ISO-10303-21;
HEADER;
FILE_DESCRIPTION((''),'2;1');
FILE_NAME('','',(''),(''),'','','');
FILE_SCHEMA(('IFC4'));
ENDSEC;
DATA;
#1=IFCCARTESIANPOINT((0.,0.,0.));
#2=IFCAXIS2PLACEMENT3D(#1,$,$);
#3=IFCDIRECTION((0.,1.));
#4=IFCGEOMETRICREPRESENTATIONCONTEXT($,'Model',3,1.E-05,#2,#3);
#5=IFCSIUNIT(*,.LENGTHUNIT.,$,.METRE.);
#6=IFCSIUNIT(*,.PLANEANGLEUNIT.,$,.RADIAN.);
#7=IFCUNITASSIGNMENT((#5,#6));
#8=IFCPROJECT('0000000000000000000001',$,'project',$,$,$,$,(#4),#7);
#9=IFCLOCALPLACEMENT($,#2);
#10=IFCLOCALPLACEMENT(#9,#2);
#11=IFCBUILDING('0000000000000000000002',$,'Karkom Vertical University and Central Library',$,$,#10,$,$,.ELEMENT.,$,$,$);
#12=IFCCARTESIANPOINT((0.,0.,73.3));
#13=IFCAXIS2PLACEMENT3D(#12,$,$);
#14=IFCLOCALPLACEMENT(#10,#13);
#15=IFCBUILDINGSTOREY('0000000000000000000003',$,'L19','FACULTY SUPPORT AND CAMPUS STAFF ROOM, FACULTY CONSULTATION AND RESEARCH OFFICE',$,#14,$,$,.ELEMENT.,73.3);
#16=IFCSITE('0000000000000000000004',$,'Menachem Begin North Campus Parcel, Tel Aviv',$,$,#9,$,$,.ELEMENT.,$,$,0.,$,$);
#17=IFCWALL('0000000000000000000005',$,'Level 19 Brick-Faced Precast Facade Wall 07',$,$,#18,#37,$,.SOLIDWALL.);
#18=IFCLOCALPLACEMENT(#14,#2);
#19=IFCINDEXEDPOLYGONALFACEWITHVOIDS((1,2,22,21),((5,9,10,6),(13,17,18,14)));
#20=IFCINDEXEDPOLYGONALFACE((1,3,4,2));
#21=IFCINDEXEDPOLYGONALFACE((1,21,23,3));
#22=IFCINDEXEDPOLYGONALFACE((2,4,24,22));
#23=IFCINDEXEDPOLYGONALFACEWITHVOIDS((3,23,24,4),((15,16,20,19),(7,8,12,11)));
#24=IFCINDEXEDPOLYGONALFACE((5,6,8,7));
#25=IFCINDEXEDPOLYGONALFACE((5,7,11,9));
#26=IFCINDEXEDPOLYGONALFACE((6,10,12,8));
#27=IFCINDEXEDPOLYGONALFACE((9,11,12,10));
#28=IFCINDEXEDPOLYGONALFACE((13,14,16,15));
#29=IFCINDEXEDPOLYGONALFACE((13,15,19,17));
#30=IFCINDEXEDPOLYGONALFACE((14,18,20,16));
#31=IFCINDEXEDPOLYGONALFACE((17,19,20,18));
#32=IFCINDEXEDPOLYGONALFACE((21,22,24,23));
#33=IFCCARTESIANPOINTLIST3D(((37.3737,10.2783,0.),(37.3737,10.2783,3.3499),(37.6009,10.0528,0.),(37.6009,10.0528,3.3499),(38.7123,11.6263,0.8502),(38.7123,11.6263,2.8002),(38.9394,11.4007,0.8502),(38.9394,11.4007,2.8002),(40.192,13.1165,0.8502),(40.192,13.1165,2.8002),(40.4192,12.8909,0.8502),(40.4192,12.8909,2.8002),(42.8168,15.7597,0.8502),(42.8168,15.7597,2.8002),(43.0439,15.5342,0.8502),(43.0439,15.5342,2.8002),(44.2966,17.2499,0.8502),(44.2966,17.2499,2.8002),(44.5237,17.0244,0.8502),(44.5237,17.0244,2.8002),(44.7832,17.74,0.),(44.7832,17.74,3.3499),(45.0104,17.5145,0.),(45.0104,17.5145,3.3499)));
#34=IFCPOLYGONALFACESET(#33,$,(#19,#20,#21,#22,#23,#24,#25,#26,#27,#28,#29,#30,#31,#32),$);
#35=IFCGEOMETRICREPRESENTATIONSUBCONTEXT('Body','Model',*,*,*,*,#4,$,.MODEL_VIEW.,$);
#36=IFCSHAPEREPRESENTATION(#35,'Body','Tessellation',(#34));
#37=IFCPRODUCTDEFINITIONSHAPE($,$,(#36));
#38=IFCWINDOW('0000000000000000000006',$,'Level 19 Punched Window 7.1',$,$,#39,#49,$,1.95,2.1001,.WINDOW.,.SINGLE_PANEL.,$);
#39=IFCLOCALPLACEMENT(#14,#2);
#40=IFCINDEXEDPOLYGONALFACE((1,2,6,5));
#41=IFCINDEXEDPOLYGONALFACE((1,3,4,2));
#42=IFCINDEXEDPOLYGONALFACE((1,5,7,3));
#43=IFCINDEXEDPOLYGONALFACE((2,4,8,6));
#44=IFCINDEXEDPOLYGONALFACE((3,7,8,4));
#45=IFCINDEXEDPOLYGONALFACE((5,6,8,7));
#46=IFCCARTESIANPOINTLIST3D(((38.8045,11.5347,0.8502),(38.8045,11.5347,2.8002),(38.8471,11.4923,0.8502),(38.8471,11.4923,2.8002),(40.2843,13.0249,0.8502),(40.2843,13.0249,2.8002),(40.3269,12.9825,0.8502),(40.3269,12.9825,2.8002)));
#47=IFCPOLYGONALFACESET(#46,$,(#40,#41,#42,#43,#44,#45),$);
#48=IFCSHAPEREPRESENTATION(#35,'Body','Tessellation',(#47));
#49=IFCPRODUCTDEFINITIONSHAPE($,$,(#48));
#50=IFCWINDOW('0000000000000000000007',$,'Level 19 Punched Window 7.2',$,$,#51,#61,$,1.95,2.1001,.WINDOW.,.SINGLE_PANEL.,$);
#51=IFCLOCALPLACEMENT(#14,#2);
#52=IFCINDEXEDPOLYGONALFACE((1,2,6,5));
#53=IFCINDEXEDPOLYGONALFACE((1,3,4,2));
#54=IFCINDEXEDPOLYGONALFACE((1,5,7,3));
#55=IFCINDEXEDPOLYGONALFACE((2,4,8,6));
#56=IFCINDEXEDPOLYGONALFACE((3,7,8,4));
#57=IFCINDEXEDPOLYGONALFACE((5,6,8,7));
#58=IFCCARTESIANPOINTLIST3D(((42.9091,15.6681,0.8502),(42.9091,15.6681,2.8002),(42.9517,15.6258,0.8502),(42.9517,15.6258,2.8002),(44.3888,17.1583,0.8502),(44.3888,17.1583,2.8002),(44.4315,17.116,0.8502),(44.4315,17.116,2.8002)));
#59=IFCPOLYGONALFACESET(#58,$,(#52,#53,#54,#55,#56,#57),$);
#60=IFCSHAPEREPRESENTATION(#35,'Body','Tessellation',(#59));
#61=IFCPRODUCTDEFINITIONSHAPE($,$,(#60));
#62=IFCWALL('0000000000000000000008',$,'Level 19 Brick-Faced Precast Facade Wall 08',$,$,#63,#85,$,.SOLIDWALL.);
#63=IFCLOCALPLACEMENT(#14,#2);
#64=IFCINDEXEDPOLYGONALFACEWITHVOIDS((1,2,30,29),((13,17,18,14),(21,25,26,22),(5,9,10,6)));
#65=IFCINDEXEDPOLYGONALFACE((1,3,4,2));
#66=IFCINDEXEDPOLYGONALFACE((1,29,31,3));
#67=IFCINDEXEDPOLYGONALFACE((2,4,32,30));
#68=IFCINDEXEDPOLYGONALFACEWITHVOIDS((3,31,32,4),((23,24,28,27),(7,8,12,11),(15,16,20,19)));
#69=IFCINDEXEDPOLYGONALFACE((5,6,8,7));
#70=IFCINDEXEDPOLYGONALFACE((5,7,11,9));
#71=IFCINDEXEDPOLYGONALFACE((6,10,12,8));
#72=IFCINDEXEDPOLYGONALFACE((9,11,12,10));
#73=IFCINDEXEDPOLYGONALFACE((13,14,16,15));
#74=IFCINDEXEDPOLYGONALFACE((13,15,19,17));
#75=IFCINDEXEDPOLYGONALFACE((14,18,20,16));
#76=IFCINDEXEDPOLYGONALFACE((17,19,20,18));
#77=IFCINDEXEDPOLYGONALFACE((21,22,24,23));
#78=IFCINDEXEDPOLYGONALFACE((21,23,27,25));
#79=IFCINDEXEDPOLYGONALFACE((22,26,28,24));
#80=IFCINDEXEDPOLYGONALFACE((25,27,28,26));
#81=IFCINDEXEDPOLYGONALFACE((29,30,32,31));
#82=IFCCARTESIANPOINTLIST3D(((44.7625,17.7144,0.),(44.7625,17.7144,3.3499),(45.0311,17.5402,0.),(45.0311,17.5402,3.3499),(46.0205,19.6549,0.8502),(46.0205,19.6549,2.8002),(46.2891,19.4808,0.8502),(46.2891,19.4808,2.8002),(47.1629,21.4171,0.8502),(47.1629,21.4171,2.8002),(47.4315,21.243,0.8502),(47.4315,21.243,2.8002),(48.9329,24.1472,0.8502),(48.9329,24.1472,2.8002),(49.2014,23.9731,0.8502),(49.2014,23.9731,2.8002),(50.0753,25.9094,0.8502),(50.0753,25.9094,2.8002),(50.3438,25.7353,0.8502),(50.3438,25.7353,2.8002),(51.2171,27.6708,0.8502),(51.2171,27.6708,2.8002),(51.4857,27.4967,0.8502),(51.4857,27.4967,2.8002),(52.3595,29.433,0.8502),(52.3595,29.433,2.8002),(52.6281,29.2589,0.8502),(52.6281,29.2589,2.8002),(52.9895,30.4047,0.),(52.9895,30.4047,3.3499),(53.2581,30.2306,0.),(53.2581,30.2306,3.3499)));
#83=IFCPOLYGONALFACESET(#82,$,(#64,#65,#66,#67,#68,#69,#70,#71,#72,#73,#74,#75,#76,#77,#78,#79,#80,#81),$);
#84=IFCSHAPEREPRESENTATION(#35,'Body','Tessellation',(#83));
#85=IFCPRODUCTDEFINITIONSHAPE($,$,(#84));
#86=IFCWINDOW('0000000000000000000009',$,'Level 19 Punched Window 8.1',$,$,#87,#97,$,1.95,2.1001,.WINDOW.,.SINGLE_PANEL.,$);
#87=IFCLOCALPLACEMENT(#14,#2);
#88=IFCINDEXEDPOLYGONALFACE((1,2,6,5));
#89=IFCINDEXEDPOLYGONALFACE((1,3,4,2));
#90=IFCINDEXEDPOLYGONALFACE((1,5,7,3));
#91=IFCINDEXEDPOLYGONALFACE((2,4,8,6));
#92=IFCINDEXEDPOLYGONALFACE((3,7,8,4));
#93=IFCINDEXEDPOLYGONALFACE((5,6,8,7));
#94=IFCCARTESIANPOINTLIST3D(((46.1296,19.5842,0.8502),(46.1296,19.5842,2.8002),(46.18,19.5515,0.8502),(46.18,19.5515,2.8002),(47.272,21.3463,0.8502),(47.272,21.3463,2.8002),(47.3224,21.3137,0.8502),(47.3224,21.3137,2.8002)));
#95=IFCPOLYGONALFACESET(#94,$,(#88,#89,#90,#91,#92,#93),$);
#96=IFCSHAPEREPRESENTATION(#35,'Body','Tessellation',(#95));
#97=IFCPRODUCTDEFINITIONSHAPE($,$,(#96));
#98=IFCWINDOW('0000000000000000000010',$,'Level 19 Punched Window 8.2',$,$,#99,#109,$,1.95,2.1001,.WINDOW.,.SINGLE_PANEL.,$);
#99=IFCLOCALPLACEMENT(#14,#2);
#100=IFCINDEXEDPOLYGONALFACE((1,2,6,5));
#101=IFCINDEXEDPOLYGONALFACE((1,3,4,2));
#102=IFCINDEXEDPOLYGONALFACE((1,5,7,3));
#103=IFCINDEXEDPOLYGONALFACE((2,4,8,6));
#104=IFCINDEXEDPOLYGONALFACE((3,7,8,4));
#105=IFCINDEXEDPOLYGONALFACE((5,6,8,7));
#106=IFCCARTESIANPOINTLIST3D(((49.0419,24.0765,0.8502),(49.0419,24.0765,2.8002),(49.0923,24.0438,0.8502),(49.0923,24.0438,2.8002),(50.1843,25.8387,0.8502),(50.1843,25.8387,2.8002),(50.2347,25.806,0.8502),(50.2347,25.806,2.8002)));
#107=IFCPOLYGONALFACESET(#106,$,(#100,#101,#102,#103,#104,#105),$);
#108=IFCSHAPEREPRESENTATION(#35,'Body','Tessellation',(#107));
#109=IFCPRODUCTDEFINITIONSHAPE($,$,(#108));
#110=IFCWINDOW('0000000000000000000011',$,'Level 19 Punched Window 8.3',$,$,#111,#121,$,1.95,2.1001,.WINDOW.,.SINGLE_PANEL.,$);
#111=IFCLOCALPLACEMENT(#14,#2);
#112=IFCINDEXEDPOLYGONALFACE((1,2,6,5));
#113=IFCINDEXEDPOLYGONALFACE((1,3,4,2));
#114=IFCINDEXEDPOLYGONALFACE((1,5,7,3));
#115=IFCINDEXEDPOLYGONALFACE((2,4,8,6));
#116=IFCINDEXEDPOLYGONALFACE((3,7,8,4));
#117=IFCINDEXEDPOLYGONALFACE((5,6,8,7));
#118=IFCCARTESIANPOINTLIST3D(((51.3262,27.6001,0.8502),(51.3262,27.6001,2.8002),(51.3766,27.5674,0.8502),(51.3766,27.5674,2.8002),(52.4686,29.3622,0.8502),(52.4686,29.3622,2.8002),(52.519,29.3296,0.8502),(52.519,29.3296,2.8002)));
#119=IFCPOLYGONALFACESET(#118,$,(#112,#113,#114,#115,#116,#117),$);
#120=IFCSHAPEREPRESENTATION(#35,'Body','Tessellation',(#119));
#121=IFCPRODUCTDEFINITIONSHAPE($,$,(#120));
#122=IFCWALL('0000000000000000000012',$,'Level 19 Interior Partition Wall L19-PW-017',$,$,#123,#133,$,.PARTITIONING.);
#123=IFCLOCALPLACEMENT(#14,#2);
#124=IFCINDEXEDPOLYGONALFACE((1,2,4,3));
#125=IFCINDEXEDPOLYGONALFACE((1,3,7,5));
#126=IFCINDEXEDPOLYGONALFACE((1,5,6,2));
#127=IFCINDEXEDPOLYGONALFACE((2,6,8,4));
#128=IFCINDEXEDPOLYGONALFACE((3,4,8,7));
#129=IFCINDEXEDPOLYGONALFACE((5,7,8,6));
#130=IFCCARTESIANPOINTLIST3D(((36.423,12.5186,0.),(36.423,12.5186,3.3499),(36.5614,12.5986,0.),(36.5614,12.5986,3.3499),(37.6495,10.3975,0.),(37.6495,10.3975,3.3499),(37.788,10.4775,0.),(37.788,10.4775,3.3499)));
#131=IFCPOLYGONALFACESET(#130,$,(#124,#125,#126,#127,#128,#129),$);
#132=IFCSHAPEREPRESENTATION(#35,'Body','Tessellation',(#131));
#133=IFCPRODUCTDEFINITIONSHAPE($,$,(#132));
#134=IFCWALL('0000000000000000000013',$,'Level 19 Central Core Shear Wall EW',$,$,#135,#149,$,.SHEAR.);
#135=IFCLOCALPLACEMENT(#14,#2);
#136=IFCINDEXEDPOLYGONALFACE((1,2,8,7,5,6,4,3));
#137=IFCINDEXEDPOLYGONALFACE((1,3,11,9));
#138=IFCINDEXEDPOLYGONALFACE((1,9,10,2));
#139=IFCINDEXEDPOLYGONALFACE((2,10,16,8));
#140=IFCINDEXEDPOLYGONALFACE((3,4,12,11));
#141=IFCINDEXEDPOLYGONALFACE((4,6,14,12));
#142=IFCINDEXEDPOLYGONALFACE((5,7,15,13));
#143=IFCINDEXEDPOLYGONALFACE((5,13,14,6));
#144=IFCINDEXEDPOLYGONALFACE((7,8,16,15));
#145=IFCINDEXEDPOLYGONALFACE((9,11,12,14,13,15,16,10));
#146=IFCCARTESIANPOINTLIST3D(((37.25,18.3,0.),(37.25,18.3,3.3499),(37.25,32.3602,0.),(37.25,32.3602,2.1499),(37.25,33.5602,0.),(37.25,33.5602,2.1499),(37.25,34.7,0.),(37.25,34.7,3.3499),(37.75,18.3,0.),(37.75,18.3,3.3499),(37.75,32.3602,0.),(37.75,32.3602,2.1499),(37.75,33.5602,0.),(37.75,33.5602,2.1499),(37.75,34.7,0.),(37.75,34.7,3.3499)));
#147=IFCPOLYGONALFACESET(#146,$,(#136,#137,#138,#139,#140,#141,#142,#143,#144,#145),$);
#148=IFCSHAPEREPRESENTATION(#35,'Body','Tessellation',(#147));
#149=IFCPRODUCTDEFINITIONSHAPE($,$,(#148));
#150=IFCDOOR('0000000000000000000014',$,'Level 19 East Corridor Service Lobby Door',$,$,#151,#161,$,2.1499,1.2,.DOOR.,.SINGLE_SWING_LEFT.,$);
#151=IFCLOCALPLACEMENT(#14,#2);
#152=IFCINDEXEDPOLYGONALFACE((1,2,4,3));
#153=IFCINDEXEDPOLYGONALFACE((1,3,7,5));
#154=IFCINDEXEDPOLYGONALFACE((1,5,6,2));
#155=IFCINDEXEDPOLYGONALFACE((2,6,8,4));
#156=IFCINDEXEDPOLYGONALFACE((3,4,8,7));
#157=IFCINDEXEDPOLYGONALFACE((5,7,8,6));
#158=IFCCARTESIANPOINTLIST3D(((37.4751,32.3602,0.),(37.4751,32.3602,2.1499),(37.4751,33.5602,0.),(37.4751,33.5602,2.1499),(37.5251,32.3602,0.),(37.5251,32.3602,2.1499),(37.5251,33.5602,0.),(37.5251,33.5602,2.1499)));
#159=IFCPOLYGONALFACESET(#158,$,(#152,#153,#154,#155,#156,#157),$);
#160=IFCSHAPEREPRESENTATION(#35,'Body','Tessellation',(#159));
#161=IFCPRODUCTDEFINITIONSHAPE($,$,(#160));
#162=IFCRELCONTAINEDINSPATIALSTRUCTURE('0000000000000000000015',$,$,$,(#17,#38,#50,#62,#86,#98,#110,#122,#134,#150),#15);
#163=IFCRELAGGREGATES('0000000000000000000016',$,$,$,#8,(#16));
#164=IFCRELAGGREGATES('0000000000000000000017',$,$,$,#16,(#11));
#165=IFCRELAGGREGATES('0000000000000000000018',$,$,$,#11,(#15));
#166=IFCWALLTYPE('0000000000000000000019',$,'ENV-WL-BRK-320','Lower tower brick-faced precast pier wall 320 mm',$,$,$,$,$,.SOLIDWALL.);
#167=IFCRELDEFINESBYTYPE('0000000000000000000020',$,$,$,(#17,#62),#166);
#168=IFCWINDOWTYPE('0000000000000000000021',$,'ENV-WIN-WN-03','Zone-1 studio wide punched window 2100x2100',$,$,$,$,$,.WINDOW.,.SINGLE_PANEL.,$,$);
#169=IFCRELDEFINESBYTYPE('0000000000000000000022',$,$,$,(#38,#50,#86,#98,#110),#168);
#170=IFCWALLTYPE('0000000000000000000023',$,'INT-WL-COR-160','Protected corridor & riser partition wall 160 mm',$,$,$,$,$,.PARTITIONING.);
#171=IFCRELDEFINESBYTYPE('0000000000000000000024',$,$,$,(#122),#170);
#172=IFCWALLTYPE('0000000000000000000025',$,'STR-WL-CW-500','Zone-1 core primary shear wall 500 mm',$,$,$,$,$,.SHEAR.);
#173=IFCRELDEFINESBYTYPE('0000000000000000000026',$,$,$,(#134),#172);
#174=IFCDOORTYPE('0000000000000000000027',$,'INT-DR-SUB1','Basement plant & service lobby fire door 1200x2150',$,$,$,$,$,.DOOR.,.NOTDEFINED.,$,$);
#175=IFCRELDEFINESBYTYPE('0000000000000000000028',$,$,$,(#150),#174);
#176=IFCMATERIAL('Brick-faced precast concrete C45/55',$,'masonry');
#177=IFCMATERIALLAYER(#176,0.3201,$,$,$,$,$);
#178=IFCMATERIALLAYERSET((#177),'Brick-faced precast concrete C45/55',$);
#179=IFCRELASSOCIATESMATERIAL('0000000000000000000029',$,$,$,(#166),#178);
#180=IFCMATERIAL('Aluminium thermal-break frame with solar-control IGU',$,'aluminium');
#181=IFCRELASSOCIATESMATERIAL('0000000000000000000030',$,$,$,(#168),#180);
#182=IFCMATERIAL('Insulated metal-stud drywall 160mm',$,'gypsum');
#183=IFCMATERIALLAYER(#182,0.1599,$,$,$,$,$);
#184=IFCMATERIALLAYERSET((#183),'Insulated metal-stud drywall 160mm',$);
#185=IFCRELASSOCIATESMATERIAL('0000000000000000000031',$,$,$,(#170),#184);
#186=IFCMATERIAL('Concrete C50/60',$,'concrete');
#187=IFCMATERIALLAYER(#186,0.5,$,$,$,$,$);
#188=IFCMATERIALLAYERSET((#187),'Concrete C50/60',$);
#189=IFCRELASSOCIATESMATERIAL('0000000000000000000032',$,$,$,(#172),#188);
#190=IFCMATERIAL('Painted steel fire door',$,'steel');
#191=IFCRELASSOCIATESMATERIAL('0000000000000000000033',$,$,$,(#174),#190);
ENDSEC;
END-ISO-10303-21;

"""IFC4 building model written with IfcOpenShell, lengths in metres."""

from ifc_helpers import new_model, si_unit, direction, frame, frame_2d, origin, origin_with_axes, place, context, subcontext, project, spatial, rectangle, extrude, source, transform, mapped, material, layer, layer_set, type_object, element, fill, save


model = new_model("IFC4")

# Units and contexts
model_context = context("Model", 3, precision=1e-05, world=origin(), true_north=direction((0.0, 1.0)))
body_context = subcontext(model_context, "Body", "Model", "MODEL_VIEW")
ifc_project = project(units=[si_unit("LENGTHUNIT", "METRE"), si_unit("PLANEANGLEUNIT", "RADIAN")], contexts=[model_context])

# Site, building, storey
site_placement = place(None, origin())
site = spatial("IfcSite", under=ifc_project, at=site_placement, Name="Menachem Begin North Campus Parcel, Tel Aviv", CompositionType="ELEMENT", RefElevation=0.0)
building_placement = place(site_placement, origin())
building = spatial("IfcBuilding", under=site, at=building_placement, Name="Karkom Vertical University and Central Library", CompositionType="ELEMENT")
storey_placement = place(building_placement, frame((0.0, 0.0, 73.3)))
storey = spatial("IfcBuildingStorey", under=building, at=storey_placement, Name="L19", Description="FACULTY SUPPORT AND CAMPUS STAFF ROOM, FACULTY CONSULTATION AND RESEARCH OFFICE", CompositionType="ELEMENT", Elevation=73.3)

# Shared definitions
ifc_material_1 = material(Name="Concrete C50/60", Category="concrete")

# Walls, openings, windows
ifc_material_2 = material(Name="Brick-faced precast concrete C45/55", Category="masonry")
ifc_layer_1 = layer(ifc_material_2, 0.3201)
ifc_layer_set_1 = layer_set([ifc_layer_1], Name="Brick-faced precast concrete C45/55")
wall_type_1 = type_object("IfcWallType", Name="ENV-WL-BRK-320", Description="Lower tower brick-faced precast pier wall 320 mm", PredefinedType="SOLIDWALL", material=ifc_layer_set_1)
wall_1_placement = place(storey_placement, frame((37.4873, 10.1655, 0.0), z_axis=(0.0, 0.0, 1.0), x_axis=(0.704618, 0.709587, 0.0)))
wall_1 = element("IfcWall", 1, at=wall_1_placement, inside=storey, type_object=wall_type_1, Name="Level 19 Brick-Faced Precast Facade Wall 07", PredefinedType="SOLIDWALL", context=body_context, shape_type="SweptSolid", body=[
    extrude(rectangle(XDim=10.5156, YDim=0.3201, at=frame_2d((5.2578, 0.0))), origin(), (0.0, 0.0, 1.0), 3.3499),
])
opening_1_placement = place(wall_1_placement, frame((1.8997, 0.0, 0.8501)))
opening_1 = element("IfcOpeningElement", 2, at=opening_1_placement, cuts=wall_1, PredefinedType="OPENING", context=body_context, shape_type="SweptSolid", body=[
    extrude(rectangle(XDim=2.1001, YDim=1.95, at=frame_2d((1.05, 0.9751))), frame((0.0, 0.1699, 0.0), z_axis=(0.0, -1.0, 0.0), x_axis=(1.0, 0.0, 0.0)), (0.0, 0.0, 1.0), 0.3401),
])
opening_2_placement = place(wall_1_placement, frame((7.7249, 0.0, 0.8501)))
opening_2 = element("IfcOpeningElement", 3, at=opening_2_placement, cuts=wall_1, PredefinedType="OPENING", context=body_context, shape_type="SweptSolid", body=[
    extrude(rectangle(XDim=2.1001, YDim=1.95, at=frame_2d((1.05, 0.9751))), frame((0.0, 0.1699, 0.0), z_axis=(0.0, -1.0, 0.0), x_axis=(1.0, 0.0, 0.0)), (0.0, 0.0, 1.0), 0.3401),
])
ifc_material_3 = material(Name="Aluminium thermal-break frame with solar-control IGU", Category="aluminium")
window_type = type_object("IfcWindowType", Name="ENV-WIN-WN-03", Description="Zone-1 studio wide punched window 2100x2100", PartitioningType="SINGLE_PANEL", PredefinedType="WINDOW", material=ifc_material_3)
shared_shape_1 = source(origin_with_axes(), body_context, "Body", "SweptSolid", [
    extrude(rectangle(XDim=2.1001, YDim=1.95, at=frame_2d((1.05, 0.9751))), frame((0.0, 0.03, 0.0), z_axis=(0.0, -1.0, 0.0), x_axis=(1.0, 0.0, 0.0)), (0.0, 0.0, 1.0), 0.0601),
])
window_1_placement = place(opening_1_placement, origin())
window_1 = element("IfcWindow", 4, at=window_1_placement, inside=storey, type_object=window_type, Name="Level 19 Punched Window 7.1", OverallHeight=1.95, OverallWidth=2.1001, PartitioningType="SINGLE_PANEL", PredefinedType="WINDOW", context=body_context, shape_type="MappedRepresentation", body=[
    mapped(shared_shape_1, transform((0.0, 0.0, 0.0), scale=1.0)),
])
fill(opening_1, window_1)
window_2_placement = place(opening_2_placement, origin())
window_2 = element("IfcWindow", 5, at=window_2_placement, inside=storey, type_object=window_type, Name="Level 19 Punched Window 7.2", OverallHeight=1.95, OverallWidth=2.1001, PartitioningType="SINGLE_PANEL", PredefinedType="WINDOW", context=body_context, shape_type="MappedRepresentation", body=[
    mapped(shared_shape_1, transform((0.0, 0.0, 0.0), scale=1.0)),
])
fill(opening_2, window_2)
wall_2_placement = place(storey_placement, frame((44.8967, 17.6272, 0.0), z_axis=(0.0, 0.0, 1.0), x_axis=(0.543978, 0.839099, 0.0)))
wall_2 = element("IfcWall", 6, at=wall_2_placement, inside=storey, type_object=wall_type_1, Name="Level 19 Brick-Faced Precast Facade Wall 08", PredefinedType="SOLIDWALL", context=body_context, shape_type="SweptSolid", body=[
    extrude(rectangle(XDim=15.1238, YDim=0.3201, at=frame_2d((7.562, 0.0))), origin(), (0.0, 0.0, 1.0), 3.3499),
])
opening_3_placement = place(wall_2_placement, frame((2.3127, 0.0, 0.8501)))
opening_3 = element("IfcOpeningElement", 7, at=opening_3_placement, cuts=wall_2, PredefinedType="OPENING", context=body_context, shape_type="SweptSolid", body=[
    extrude(rectangle(XDim=2.1001, YDim=1.95, at=frame_2d((1.05, 0.9751))), frame((0.0, 0.1699, 0.0), z_axis=(0.0, -1.0, 0.0), x_axis=(1.0, 0.0, 0.0)), (0.0, 0.0, 1.0), 0.3401),
])
opening_4_placement = place(wall_2_placement, frame((7.6665, 0.0, 0.8501)))
opening_4 = element("IfcOpeningElement", 8, at=opening_4_placement, cuts=wall_2, PredefinedType="OPENING", context=body_context, shape_type="SweptSolid", body=[
    extrude(rectangle(XDim=2.1001, YDim=1.95, at=frame_2d((1.05, 0.9751))), frame((0.0, 0.1699, 0.0), z_axis=(0.0, -1.0, 0.0), x_axis=(1.0, 0.0, 0.0)), (0.0, 0.0, 1.0), 0.3401),
])
opening_5_placement = place(wall_2_placement, frame((11.8657, 0.0, 0.8501)))
opening_5 = element("IfcOpeningElement", 9, at=opening_5_placement, cuts=wall_2, PredefinedType="OPENING", context=body_context, shape_type="SweptSolid", body=[
    extrude(rectangle(XDim=2.1001, YDim=1.95, at=frame_2d((1.05, 0.9751))), frame((0.0, 0.1699, 0.0), z_axis=(0.0, -1.0, 0.0), x_axis=(1.0, 0.0, 0.0)), (0.0, 0.0, 1.0), 0.3401),
])
window_3_placement = place(opening_3_placement, origin())
window_3 = element("IfcWindow", 10, at=window_3_placement, inside=storey, type_object=window_type, Name="Level 19 Punched Window 8.1", OverallHeight=1.95, OverallWidth=2.1001, PartitioningType="SINGLE_PANEL", PredefinedType="WINDOW", context=body_context, shape_type="MappedRepresentation", body=[
    mapped(shared_shape_1, transform((0.0, 0.0, 0.0), scale=1.0)),
])
fill(opening_3, window_3)
window_4_placement = place(opening_4_placement, origin())
window_4 = element("IfcWindow", 11, at=window_4_placement, inside=storey, type_object=window_type, Name="Level 19 Punched Window 8.2", OverallHeight=1.95, OverallWidth=2.1001, PartitioningType="SINGLE_PANEL", PredefinedType="WINDOW", context=body_context, shape_type="MappedRepresentation", body=[
    mapped(shared_shape_1, transform((0.0, 0.0, 0.0), scale=1.0)),
])
fill(opening_4, window_4)
window_5_placement = place(opening_5_placement, origin())
window_5 = element("IfcWindow", 12, at=window_5_placement, inside=storey, type_object=window_type, Name="Level 19 Punched Window 8.3", OverallHeight=1.95, OverallWidth=2.1001, PartitioningType="SINGLE_PANEL", PredefinedType="WINDOW", context=body_context, shape_type="MappedRepresentation", body=[
    mapped(shared_shape_1, transform((0.0, 0.0, 0.0), scale=1.0)),
])
fill(opening_5, window_5)

# Shared definitions
ifc_material_4 = material(Name="Insulated metal-stud drywall 160mm", Category="gypsum")
ifc_layer_2 = layer(ifc_material_4, 0.1599)
ifc_layer_set_2 = layer_set([ifc_layer_2], Name="Insulated metal-stud drywall 160mm")
wall_type_2 = type_object("IfcWallType", Name="INT-WL-COR-160", Description="Protected corridor & riser partition wall 160 mm", PredefinedType="PARTITIONING", material=ifc_layer_set_2)

# Wall
wall_3_placement = place(storey_placement, frame((36.4922, 12.5586, 0.0), z_axis=(0.0, 0.0, 1.0), x_axis=(0.500596, -0.865681, 0.0)))
element("IfcWall", 13, at=wall_3_placement, inside=storey, type_object=wall_type_2, Name="Level 19 Interior Partition Wall L19-PW-017", PredefinedType="PARTITIONING", context=body_context, shape_type="SweptSolid", body=[
    extrude(rectangle(XDim=2.4502, YDim=0.1599, at=frame_2d((1.2251, 0.0))), origin(), (0.0, 0.0, 1.0), 3.3499),
])

# Wall, opening, door
ifc_layer_3 = layer(ifc_material_1, 0.5)
ifc_layer_set_3 = layer_set([ifc_layer_3], Name="Concrete C50/60")
wall_type_3 = type_object("IfcWallType", Name="STR-WL-CW-500", Description="Zone-1 core primary shear wall 500 mm", PredefinedType="SHEAR", material=ifc_layer_set_3)
wall_4_placement = place(storey_placement, frame((37.5, 18.3, 0.0), z_axis=(0.0, 0.0, 1.0), x_axis=(0.0, 1.0, 0.0)))
wall_4 = element("IfcWall", 14, at=wall_4_placement, inside=storey, type_object=wall_type_3, Name="Level 19 Central Core Shear Wall EW", PredefinedType="SHEAR", context=body_context, shape_type="SweptSolid", body=[
    extrude(rectangle(XDim=16.3999, YDim=0.5, at=frame_2d((8.2, 0.0))), origin(), (0.0, 0.0, 1.0), 3.3499),
])
opening_6_placement = place(wall_4_placement, frame((14.0601, 0.0, 0.0)))
opening_6 = element("IfcOpeningElement", 15, at=opening_6_placement, cuts=wall_4, PredefinedType="OPENING", context=body_context, shape_type="SweptSolid", body=[
    extrude(rectangle(XDim=1.2, YDim=2.1499, at=frame_2d((0.6001, 1.075))), frame((0.0, 0.26, 0.0), z_axis=(0.0, -1.0, 0.0), x_axis=(1.0, 0.0, 0.0)), (0.0, 0.0, 1.0), 0.52),
])
ifc_material_5 = material(Name="Painted steel fire door", Category="steel")
door_type_1 = type_object("IfcDoorType", Name="INT-DR-SUB1", Description="Basement plant & service lobby fire door 1200x2150", OperationType="NOTDEFINED", PredefinedType="DOOR", material=ifc_material_5)
shared_shape_2 = source(origin_with_axes(), body_context, "Body", "SweptSolid", [
    extrude(rectangle(XDim=1.2, YDim=2.1499, at=frame_2d((0.6001, 1.075))), frame((0.0, 0.0249, 0.0), z_axis=(0.0, -1.0, 0.0), x_axis=(1.0, 0.0, 0.0)), (0.0, 0.0, 1.0), 0.05),
])
door_1_placement = place(opening_6_placement, origin())
door_1 = element("IfcDoor", 16, at=door_1_placement, inside=storey, type_object=door_type_1, Name="Level 19 East Corridor Service Lobby Door", OperationType="SINGLE_SWING_LEFT", OverallHeight=2.1499, OverallWidth=1.2, PredefinedType="DOOR", context=body_context, shape_type="MappedRepresentation", body=[
    mapped(shared_shape_2, transform((0.0, 0.0, 0.0), scale=1.0)),
])
fill(opening_6, door_1)

save(model, "model.ifc")
